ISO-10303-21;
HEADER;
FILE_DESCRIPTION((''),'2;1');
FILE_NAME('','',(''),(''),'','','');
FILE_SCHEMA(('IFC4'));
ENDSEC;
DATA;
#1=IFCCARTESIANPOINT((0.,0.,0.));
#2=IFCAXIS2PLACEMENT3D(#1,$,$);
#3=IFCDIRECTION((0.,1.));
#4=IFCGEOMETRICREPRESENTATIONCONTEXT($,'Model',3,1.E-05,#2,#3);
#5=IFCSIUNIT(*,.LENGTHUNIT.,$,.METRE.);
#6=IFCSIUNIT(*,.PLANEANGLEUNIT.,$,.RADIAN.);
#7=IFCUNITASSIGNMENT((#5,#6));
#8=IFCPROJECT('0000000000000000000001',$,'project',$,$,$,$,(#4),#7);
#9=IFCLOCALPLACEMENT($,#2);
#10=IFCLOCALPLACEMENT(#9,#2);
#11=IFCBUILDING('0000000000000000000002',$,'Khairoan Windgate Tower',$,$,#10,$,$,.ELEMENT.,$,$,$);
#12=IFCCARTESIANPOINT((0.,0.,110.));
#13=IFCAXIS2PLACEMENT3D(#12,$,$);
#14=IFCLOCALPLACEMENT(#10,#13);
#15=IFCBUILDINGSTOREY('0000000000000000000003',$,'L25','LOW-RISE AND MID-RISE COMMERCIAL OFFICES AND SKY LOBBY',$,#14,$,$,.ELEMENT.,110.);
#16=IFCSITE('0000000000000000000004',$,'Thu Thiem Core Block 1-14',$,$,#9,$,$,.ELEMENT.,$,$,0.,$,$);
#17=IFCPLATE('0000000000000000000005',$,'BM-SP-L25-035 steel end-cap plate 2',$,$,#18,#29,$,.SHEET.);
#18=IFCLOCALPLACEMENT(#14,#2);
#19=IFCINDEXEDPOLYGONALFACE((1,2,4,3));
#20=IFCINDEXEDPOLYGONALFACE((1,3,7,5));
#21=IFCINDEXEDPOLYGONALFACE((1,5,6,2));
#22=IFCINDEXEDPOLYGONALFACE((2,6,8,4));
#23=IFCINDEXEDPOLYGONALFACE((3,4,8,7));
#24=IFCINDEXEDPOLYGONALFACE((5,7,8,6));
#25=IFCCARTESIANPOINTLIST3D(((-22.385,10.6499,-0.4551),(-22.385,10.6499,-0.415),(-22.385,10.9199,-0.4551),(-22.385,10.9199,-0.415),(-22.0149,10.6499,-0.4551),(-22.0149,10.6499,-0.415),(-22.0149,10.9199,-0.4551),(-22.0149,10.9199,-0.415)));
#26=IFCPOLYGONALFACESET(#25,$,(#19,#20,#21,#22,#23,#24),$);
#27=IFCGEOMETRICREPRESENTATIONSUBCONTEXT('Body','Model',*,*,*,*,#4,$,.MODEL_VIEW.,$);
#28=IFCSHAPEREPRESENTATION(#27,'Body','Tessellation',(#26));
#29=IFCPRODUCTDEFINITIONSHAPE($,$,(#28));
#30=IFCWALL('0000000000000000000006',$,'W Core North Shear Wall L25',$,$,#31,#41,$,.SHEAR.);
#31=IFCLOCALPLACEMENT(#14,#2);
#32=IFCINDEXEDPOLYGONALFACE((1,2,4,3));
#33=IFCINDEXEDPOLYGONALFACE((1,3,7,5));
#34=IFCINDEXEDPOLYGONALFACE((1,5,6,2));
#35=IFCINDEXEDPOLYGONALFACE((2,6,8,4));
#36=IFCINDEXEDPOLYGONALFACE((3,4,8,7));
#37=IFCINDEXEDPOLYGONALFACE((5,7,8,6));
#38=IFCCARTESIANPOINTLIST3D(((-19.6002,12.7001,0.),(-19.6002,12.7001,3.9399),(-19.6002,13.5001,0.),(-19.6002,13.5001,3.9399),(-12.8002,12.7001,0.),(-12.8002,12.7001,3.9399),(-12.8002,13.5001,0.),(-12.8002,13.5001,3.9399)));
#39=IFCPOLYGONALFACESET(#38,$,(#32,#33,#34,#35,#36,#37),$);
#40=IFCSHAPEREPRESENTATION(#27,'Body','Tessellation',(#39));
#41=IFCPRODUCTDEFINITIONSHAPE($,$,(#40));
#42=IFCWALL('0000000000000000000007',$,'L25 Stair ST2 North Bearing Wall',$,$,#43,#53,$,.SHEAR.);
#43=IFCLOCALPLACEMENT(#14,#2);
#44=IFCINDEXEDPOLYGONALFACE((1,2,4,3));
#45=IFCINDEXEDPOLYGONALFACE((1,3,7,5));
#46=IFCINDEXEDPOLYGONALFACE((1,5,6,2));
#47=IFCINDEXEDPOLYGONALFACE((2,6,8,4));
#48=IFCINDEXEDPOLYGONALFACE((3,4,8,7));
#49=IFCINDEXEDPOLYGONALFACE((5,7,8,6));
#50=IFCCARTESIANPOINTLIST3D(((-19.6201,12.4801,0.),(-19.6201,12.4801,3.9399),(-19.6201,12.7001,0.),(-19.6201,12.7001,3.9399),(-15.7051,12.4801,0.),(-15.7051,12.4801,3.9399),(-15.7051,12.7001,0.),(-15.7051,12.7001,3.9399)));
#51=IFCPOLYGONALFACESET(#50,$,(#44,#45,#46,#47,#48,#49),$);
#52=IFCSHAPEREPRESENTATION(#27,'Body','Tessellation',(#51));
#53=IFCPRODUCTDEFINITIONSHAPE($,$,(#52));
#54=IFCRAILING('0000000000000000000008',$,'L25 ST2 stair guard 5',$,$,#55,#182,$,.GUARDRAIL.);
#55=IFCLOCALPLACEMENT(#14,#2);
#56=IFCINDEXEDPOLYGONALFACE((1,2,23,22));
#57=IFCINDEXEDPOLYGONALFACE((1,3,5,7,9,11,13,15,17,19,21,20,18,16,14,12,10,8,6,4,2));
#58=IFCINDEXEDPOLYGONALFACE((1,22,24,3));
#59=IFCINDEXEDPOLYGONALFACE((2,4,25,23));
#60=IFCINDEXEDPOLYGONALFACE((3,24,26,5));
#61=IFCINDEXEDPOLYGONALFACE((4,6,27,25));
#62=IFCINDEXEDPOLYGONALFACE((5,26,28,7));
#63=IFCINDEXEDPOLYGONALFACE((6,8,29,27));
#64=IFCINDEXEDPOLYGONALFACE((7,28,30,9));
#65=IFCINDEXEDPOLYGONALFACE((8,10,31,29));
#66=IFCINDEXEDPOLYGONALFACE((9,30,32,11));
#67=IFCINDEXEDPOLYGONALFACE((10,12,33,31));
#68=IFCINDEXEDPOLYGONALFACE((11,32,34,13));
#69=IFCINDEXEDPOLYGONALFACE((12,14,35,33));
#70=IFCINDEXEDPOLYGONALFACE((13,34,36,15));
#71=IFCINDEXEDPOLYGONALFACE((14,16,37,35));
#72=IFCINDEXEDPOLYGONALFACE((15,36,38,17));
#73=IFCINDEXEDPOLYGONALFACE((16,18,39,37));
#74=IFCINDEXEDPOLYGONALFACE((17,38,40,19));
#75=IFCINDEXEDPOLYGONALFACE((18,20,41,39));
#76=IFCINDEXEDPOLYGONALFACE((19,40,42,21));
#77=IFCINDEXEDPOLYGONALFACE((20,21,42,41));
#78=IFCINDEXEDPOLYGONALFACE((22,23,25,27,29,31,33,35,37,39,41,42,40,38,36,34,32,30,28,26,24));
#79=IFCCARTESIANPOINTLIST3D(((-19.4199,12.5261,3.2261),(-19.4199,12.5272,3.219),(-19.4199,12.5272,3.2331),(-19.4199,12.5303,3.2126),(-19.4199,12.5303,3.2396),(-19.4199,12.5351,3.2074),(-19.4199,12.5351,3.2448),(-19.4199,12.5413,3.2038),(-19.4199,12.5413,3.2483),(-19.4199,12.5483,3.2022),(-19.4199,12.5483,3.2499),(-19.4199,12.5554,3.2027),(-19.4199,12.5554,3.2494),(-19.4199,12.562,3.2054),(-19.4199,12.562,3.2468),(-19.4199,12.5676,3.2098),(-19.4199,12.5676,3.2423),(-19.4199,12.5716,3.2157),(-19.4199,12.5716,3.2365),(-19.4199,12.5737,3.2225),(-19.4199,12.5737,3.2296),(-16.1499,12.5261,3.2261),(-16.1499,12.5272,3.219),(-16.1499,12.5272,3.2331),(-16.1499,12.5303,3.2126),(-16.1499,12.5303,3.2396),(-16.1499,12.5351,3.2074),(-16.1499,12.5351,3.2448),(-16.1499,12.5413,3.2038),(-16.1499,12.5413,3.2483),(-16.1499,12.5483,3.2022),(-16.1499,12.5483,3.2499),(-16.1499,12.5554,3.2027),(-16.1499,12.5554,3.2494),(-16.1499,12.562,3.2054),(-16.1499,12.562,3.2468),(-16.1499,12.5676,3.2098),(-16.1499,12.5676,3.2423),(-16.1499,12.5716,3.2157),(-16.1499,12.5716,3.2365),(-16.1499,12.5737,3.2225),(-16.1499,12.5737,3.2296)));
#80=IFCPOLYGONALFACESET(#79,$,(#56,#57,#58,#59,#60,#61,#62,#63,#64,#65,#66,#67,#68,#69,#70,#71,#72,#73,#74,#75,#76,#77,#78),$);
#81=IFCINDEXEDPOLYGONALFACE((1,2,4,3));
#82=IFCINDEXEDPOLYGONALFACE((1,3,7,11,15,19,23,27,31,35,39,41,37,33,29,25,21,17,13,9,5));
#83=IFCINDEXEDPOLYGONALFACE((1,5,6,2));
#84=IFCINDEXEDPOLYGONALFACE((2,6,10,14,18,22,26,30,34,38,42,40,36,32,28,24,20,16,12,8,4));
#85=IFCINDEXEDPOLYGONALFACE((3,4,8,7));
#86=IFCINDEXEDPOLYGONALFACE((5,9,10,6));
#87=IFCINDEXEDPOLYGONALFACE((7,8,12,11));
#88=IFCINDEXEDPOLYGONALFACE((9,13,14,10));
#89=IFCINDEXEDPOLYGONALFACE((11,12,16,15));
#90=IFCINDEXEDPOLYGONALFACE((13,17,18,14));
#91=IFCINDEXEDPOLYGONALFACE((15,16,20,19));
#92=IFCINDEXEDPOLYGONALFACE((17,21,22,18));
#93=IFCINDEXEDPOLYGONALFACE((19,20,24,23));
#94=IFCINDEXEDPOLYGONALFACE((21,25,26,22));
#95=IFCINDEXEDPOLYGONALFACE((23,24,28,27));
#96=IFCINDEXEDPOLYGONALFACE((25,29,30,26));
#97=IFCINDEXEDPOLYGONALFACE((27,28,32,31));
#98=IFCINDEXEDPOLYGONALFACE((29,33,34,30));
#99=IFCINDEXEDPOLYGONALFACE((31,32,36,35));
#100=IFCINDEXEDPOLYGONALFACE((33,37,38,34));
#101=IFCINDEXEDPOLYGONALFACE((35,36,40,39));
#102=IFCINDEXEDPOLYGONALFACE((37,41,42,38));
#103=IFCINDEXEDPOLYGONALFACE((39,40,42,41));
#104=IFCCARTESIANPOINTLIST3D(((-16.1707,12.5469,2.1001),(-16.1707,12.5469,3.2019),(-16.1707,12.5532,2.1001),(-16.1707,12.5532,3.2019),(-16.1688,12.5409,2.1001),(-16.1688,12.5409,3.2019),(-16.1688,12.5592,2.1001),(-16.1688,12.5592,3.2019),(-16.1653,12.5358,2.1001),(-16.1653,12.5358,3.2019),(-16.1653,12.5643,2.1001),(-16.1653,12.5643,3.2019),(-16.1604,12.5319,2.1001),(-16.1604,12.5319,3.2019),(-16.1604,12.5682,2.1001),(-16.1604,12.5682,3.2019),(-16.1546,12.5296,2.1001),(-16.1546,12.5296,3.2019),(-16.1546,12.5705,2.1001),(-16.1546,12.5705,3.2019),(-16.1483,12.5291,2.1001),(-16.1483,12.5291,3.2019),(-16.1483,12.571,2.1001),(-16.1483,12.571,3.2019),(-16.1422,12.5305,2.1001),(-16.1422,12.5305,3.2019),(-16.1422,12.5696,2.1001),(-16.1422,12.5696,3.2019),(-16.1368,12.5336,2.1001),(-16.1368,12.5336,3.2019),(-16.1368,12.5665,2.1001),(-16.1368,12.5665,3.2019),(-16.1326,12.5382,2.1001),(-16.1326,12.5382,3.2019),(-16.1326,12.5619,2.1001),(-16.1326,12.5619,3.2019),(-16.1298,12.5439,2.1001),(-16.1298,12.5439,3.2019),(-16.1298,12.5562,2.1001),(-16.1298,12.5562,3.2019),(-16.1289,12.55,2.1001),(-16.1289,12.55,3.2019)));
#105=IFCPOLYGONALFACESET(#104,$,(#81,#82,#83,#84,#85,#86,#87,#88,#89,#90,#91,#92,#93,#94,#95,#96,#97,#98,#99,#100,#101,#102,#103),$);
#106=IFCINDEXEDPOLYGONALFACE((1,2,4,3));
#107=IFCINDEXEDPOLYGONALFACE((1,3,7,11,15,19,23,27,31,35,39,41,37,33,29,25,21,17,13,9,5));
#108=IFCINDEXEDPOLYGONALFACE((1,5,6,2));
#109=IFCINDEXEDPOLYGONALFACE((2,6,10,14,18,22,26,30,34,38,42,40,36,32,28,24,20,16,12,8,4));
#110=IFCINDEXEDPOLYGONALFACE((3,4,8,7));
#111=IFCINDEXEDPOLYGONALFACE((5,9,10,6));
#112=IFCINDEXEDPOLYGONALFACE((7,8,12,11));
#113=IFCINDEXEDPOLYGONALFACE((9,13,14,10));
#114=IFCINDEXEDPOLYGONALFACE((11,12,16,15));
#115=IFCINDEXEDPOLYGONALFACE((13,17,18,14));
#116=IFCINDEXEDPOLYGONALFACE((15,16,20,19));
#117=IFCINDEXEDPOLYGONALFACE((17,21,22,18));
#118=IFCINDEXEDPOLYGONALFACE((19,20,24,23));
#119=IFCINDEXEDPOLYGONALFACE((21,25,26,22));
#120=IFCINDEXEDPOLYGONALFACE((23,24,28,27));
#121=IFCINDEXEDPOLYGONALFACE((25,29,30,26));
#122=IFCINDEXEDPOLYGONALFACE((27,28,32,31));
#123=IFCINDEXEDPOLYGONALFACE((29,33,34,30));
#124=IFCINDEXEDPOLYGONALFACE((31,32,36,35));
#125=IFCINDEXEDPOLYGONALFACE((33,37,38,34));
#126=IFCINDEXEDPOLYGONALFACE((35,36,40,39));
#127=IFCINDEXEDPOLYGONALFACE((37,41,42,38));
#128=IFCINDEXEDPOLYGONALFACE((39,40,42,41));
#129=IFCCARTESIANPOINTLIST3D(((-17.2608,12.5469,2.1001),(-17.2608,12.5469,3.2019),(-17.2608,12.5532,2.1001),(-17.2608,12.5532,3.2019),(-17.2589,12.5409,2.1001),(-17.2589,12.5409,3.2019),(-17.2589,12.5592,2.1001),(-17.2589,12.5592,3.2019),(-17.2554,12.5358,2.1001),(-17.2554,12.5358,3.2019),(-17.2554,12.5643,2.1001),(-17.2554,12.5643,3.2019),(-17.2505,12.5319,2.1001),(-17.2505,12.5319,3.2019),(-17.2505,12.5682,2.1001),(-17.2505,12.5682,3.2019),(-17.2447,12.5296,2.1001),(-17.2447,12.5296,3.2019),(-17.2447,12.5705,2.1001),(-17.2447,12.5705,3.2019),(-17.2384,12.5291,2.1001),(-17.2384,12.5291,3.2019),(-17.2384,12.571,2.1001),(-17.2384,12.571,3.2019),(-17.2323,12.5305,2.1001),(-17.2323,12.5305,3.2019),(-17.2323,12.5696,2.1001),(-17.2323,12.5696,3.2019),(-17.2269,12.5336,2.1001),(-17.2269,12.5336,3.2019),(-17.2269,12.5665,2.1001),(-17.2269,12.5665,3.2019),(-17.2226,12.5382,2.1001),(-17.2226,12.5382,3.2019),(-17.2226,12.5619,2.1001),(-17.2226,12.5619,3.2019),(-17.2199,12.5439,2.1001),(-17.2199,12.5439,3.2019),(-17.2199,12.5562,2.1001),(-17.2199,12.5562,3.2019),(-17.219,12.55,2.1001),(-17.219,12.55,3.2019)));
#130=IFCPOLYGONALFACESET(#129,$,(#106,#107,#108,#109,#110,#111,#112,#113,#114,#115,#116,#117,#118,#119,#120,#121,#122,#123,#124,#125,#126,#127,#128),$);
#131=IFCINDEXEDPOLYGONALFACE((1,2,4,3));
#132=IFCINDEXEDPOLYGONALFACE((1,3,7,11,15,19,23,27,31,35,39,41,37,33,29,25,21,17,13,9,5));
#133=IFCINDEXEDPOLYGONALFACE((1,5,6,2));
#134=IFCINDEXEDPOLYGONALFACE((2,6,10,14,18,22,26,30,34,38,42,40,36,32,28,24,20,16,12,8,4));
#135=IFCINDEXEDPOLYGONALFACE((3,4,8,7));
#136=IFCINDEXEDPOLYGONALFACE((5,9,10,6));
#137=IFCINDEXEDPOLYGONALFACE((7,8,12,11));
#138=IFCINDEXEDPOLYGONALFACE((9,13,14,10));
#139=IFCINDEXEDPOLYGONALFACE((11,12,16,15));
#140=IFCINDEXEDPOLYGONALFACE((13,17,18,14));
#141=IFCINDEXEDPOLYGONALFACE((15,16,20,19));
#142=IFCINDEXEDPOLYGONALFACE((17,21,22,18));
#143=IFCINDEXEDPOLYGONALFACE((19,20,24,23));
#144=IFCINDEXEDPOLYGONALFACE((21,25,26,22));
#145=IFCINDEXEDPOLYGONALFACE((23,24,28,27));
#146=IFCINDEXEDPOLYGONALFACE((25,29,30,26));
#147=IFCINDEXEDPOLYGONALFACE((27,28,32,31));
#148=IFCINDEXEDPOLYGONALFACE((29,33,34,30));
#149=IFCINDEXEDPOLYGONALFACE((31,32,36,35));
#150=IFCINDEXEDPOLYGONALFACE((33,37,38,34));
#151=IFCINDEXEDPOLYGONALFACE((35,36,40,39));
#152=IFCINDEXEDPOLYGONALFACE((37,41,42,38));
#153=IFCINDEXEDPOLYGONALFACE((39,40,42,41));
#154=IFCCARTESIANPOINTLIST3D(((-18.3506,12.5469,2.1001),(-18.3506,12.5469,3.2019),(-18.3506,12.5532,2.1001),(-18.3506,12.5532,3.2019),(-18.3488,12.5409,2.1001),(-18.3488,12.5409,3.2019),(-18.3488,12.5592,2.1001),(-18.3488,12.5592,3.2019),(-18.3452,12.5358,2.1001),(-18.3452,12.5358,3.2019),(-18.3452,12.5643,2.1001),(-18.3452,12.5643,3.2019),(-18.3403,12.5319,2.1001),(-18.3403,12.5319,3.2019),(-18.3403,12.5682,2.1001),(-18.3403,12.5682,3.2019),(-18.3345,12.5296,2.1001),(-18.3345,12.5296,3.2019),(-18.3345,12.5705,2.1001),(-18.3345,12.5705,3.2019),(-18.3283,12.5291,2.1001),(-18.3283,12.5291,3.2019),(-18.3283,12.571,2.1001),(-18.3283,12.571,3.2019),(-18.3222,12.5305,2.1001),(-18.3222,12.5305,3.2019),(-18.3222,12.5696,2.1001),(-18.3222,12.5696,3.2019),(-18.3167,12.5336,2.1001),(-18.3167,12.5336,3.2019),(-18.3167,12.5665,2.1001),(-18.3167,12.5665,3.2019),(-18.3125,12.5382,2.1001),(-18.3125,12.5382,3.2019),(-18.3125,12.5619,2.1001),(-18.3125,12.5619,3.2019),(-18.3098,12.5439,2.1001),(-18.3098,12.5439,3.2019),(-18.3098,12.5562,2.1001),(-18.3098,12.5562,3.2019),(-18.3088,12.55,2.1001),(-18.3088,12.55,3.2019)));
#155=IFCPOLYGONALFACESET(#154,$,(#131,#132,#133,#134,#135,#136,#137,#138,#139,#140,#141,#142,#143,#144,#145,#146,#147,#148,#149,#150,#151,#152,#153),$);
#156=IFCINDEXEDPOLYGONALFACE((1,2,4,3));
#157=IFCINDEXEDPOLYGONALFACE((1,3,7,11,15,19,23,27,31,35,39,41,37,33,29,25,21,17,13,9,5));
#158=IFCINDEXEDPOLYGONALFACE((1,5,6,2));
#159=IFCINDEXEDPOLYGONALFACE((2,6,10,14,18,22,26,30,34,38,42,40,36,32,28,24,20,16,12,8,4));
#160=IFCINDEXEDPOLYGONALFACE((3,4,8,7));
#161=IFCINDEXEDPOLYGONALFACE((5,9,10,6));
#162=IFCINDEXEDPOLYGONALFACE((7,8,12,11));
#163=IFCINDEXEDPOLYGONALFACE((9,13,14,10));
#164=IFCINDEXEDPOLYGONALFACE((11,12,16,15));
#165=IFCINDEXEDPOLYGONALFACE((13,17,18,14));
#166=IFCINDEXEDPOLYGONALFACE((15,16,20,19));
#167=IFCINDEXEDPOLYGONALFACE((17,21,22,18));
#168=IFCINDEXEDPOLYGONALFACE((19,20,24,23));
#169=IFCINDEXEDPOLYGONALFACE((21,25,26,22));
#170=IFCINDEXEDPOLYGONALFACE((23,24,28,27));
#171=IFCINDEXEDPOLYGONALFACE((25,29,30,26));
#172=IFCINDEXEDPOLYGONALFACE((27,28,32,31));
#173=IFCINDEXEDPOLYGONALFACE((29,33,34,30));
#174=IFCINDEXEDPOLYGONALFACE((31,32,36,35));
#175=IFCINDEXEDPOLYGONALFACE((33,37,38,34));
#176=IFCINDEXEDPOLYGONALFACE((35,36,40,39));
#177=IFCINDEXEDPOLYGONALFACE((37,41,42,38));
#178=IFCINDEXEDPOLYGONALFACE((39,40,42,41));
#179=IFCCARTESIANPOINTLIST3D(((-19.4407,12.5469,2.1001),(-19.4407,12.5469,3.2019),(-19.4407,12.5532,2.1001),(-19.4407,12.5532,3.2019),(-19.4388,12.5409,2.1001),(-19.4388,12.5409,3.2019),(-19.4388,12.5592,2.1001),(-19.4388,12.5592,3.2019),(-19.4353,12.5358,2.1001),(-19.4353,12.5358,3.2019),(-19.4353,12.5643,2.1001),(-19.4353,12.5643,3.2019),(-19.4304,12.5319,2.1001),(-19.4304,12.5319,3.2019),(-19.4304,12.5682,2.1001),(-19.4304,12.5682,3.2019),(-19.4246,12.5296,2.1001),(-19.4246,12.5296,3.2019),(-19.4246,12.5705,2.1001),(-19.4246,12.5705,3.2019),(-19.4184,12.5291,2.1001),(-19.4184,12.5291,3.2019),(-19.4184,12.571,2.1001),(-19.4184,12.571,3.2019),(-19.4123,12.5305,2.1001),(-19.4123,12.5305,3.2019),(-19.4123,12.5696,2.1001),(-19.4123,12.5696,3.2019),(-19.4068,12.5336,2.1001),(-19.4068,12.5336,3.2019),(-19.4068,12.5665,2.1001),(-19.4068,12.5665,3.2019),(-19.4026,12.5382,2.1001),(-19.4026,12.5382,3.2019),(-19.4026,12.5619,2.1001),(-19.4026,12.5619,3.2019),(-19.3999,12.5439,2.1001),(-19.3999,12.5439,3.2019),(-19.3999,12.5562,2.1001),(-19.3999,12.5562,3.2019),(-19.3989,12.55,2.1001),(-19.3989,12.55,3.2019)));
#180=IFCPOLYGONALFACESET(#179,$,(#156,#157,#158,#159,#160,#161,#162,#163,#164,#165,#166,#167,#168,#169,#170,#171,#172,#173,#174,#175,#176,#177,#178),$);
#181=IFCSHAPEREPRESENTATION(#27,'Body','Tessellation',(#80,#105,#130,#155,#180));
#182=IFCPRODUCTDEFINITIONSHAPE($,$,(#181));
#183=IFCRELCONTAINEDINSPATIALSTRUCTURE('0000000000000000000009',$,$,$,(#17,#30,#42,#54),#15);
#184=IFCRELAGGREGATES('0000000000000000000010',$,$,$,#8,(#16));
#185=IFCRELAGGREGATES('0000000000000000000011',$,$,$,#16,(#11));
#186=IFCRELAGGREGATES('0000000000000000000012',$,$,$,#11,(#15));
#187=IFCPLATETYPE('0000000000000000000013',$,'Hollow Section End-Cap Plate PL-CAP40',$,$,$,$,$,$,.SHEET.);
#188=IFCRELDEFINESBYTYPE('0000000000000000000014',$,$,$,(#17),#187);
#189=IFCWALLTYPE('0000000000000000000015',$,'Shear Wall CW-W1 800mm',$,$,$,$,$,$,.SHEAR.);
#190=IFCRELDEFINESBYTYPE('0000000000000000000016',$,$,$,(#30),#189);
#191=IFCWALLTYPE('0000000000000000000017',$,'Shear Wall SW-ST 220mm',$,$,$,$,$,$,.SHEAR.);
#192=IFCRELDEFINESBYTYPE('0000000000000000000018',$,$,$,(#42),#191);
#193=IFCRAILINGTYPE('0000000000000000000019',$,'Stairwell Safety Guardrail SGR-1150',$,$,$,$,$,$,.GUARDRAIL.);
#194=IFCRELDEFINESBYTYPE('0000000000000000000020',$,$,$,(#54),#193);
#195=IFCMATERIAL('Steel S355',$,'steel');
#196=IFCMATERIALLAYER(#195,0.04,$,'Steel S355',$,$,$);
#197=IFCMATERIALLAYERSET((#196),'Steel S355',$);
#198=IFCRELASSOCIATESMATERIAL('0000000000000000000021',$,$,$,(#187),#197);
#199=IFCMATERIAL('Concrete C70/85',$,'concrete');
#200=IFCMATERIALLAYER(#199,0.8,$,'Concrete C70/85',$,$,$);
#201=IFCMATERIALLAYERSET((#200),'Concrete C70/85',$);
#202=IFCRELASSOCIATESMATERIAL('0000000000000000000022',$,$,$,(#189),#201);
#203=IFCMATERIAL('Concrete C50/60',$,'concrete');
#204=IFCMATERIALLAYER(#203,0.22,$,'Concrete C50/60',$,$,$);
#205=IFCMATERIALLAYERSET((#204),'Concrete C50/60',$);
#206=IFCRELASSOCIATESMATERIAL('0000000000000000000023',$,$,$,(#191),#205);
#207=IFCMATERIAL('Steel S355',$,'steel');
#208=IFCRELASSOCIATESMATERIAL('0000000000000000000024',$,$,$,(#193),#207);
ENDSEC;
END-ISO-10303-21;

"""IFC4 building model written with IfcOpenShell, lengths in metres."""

from ifc_helpers import new_model, si_unit, direction, frame, frame_2d, origin, origin_2d, place, context, subcontext, project, spatial, rectangle, circle, extrude, material, layer, layer_set, type_object, element, save


model = new_model("IFC4")

# Units and contexts
model_context = context("Model", 3, precision=1e-05, world=origin(), true_north=direction((0.0, 1.0)))
body_context = subcontext(model_context, "Body", "Model", "MODEL_VIEW")
ifc_project = project(units=[si_unit("LENGTHUNIT", "METRE"), si_unit("PLANEANGLEUNIT", "RADIAN")], contexts=[model_context])

# Site, building, storey
site_placement = place(None, origin())
site = spatial("IfcSite", under=ifc_project, at=site_placement, Name="Thu Thiem Core Block 1-14", CompositionType="ELEMENT", RefElevation=0.0)
building_placement = place(site_placement, origin())
building = spatial("IfcBuilding", under=site, at=building_placement, Name="Khairoan Windgate Tower", CompositionType="ELEMENT")
storey_placement = place(building_placement, frame((0.0, 0.0, 110.0)))
storey = spatial("IfcBuildingStorey", under=building, at=storey_placement, Name="L25", Description="LOW-RISE AND MID-RISE COMMERCIAL OFFICES AND SKY LOBBY", CompositionType="ELEMENT", Elevation=110.0)

# Plate
ifc_material_1 = material(Name="Steel S355", Category="steel")
ifc_layer_1 = layer(ifc_material_1, 0.04, Name="Steel S355")
ifc_layer_set_1 = layer_set([ifc_layer_1], Name="Steel S355")
plate_type = type_object("IfcPlateType", Name="Hollow Section End-Cap Plate PL-CAP40", PredefinedType="SHEET", material=ifc_layer_set_1)
plate_placement = place(storey_placement, frame((-22.2, 10.7849, -0.4551), z_axis=(0.0, 0.0, 1.0), x_axis=(0.0, 1.0, 0.0)))
element("IfcPlate", 1, at=plate_placement, inside=storey, type_object=plate_type, Name="BM-SP-L25-035 steel end-cap plate 2", PredefinedType="SHEET", context=body_context, shape_type="SweptSolid", body=[
    extrude(rectangle(XDim=0.27, YDim=0.3701, at=origin_2d()), origin(), (0.0, 0.0, 1.0), 0.04),
])

# Walls
ifc_material_2 = material(Name="Concrete C70/85", Category="concrete")
ifc_layer_2 = layer(ifc_material_2, 0.8, Name="Concrete C70/85")
ifc_layer_set_2 = layer_set([ifc_layer_2], Name="Concrete C70/85")
wall_type_1 = type_object("IfcWallType", Name="Shear Wall CW-W1 800mm", PredefinedType="SHEAR", material=ifc_layer_set_2)
wall_1_placement = place(storey_placement, frame((-19.6001, 13.1001, 0.0), z_axis=(0.0, 0.0, 1.0), x_axis=(1.0, 0.0, 0.0)))
element("IfcWall", 2, at=wall_1_placement, inside=storey, type_object=wall_type_1, Name="W Core North Shear Wall L25", PredefinedType="SHEAR", context=body_context, shape_type="SweptSolid", body=[
    extrude(rectangle(XDim=6.8, YDim=0.8, at=frame_2d((3.3999, 0.0))), origin(), (0.0, 0.0, 1.0), 3.9399),
])
ifc_material_3 = material(Name="Concrete C50/60", Category="concrete")
ifc_layer_3 = layer(ifc_material_3, 0.22, Name="Concrete C50/60")
ifc_layer_set_3 = layer_set([ifc_layer_3], Name="Concrete C50/60")
wall_type_2 = type_object("IfcWallType", Name="Shear Wall SW-ST 220mm", PredefinedType="SHEAR", material=ifc_layer_set_3)
wall_2_placement = place(storey_placement, frame((-19.6201, 12.5901, 0.0), z_axis=(0.0, 0.0, 1.0), x_axis=(1.0, 0.0, 0.0)))
element("IfcWall", 3, at=wall_2_placement, inside=storey, type_object=wall_type_2, Name="L25 Stair ST2 North Bearing Wall", PredefinedType="SHEAR", context=body_context, shape_type="SweptSolid", body=[
    extrude(rectangle(XDim=3.915, YDim=0.22, at=frame_2d((1.9575, 0.0))), origin(), (0.0, 0.0, 1.0), 3.9399),
])

# Railing
ifc_material_4 = material(Name="Steel S355", Category="steel")
railing_type = type_object("IfcRailingType", Name="Stairwell Safety Guardrail SGR-1150", PredefinedType="GUARDRAIL", material=ifc_material_4)
railing_1_placement = place(storey_placement, frame((-16.1499, 12.55, 2.1001)))
element("IfcRailing", 4, at=railing_1_placement, inside=storey, type_object=railing_type, Name="L25 ST2 stair guard 5", PredefinedType="GUARDRAIL", context=body_context, shape_type="SweptSolid", body=[
    extrude(circle(Radius=0.0239, at=origin_2d()), frame((0.0, 0.0, 1.126), z_axis=(-1.0, 0.0, 0.0), x_axis=(0.0, -1.0, 0.0)), (0.0, 0.0, 1.0), 3.27),
    extrude(circle(Radius=0.021, at=origin_2d()), origin(), (0.0, 0.0, 1.0), 1.1018),
    extrude(circle(Radius=0.021, at=origin_2d()), frame((-1.0901, 0.0, 0.0)), (0.0, 0.0, 1.0), 1.1018),
    extrude(circle(Radius=0.021, at=origin_2d()), frame((-2.1799, 0.0, 0.0)), (0.0, 0.0, 1.0), 1.1018),
    extrude(circle(Radius=0.021, at=origin_2d()), frame((-3.27, 0.0, 0.0)), (0.0, 0.0, 1.0), 1.1018),
])

save(model, "model.ifc")
